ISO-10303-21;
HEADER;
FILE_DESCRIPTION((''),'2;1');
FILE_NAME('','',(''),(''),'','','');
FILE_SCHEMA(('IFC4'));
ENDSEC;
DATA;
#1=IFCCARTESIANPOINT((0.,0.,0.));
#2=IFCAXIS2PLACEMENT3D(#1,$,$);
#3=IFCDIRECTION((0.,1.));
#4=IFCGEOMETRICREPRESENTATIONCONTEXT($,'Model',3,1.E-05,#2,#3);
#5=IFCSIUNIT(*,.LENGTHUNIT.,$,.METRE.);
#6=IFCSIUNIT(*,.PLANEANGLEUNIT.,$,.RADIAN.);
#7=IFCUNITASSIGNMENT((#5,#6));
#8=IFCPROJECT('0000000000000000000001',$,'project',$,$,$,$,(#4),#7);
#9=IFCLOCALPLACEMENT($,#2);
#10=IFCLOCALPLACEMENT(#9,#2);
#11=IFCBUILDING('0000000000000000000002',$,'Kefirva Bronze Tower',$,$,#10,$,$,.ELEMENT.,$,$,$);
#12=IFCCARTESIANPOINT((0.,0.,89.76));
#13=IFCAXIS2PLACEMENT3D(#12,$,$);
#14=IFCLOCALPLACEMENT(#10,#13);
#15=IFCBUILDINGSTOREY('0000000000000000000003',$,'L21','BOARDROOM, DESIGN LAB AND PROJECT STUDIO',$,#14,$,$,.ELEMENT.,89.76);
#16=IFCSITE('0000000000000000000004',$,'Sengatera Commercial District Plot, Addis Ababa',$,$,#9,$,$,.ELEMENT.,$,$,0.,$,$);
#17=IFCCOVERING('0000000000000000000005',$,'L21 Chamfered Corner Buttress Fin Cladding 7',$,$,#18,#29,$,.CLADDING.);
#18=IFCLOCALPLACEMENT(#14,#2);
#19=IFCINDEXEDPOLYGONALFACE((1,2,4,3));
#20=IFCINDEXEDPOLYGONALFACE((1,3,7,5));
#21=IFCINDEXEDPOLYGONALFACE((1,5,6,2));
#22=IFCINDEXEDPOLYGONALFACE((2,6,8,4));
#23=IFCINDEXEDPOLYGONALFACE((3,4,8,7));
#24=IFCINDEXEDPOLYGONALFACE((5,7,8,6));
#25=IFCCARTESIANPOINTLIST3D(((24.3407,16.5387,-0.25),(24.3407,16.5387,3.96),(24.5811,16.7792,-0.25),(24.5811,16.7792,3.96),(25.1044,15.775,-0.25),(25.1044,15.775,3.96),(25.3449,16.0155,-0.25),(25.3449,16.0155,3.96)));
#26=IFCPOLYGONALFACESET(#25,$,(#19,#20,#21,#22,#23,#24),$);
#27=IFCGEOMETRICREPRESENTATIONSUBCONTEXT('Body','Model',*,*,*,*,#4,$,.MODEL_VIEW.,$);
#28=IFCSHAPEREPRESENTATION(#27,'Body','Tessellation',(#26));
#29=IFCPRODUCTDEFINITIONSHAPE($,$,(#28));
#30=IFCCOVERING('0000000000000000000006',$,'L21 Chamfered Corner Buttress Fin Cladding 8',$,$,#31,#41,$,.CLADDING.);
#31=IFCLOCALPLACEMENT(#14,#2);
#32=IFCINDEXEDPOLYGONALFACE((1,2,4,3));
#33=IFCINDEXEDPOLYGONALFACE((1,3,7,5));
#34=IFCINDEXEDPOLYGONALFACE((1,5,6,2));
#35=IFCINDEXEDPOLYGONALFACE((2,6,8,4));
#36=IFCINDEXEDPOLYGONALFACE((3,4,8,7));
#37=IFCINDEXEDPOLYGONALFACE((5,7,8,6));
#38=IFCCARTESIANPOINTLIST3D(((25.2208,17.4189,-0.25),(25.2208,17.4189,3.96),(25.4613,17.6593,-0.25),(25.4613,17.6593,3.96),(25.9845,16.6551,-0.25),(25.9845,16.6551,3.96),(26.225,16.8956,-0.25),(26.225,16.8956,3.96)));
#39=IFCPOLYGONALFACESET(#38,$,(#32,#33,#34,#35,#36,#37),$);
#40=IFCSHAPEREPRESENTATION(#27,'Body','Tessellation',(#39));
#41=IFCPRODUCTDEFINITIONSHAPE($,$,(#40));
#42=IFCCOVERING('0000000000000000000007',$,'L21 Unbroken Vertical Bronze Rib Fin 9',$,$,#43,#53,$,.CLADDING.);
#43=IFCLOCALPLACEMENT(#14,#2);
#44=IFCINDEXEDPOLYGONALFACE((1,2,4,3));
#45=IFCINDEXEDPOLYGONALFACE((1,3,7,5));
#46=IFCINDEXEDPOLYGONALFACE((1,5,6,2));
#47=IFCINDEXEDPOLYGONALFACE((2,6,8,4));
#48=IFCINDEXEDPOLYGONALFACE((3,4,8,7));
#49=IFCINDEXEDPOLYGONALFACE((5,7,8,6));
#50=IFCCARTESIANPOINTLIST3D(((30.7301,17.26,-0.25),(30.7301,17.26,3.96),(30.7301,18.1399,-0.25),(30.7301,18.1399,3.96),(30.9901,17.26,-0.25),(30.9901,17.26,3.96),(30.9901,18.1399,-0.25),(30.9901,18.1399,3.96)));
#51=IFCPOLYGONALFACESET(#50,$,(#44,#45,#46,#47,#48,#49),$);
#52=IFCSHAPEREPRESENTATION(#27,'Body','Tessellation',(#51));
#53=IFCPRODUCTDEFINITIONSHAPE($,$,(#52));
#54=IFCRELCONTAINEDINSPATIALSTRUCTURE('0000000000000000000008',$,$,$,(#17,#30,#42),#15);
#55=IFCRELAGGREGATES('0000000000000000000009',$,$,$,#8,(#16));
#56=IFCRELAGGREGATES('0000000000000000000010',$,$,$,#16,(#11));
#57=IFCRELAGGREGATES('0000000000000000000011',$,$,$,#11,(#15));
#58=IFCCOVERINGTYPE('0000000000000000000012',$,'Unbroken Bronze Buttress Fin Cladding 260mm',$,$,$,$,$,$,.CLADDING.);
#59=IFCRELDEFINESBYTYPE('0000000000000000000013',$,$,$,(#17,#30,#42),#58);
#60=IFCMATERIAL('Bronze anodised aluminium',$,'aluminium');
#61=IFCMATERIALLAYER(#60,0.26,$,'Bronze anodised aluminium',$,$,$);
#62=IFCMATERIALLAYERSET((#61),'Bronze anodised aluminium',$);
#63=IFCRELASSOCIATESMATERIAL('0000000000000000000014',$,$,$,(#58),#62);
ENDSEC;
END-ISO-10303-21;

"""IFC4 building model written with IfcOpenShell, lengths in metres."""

from ifc_helpers import new_model, si_unit, direction, frame, origin, origin_2d, place, context, subcontext, project, spatial, rectangle, extrude, material, layer, layer_set, type_object, element, save


model = new_model("IFC4")

# Units and contexts
model_context = context("Model", 3, precision=1e-05, world=origin(), true_north=direction((0.0, 1.0)))
body_context = subcontext(model_context, "Body", "Model", "MODEL_VIEW")
ifc_project = project(units=[si_unit("LENGTHUNIT", "METRE"), si_unit("PLANEANGLEUNIT", "RADIAN")], contexts=[model_context])

# Site, building, storey
site_placement = place(None, origin())
site = spatial("IfcSite", under=ifc_project, at=site_placement, Name="Sengatera Commercial District Plot, Addis Ababa", CompositionType="ELEMENT", RefElevation=0.0)
building_placement = place(site_placement, origin())
building = spatial("IfcBuilding", under=site, at=building_placement, Name="Kefirva Bronze Tower", CompositionType="ELEMENT")
storey_placement = place(building_placement, frame((0.0, 0.0, 89.76)))
storey = spatial("IfcBuildingStorey", under=building, at=storey_placement, Name="L21", Description="BOARDROOM, DESIGN LAB AND PROJECT STUDIO", CompositionType="ELEMENT", Elevation=89.76)

# Shared definitions
ifc_material_1 = material(Name="Bronze anodised aluminium", Category="aluminium")

# Coverings
ifc_layer_1 = layer(ifc_material_1, 0.26, Name="Bronze anodised aluminium")
ifc_layer_set_1 = layer_set([ifc_layer_1], Name="Bronze anodised aluminium")
covering_type_1 = type_object("IfcCoveringType", Name="Unbroken Bronze Buttress Fin Cladding 260mm", PredefinedType="CLADDING", material=ifc_layer_set_1)
for number, where, z_axis, x_axis, name in (
    (1, (24.8428, 16.2771, -0.25), (0.0, 0.0, 1.0), (0.707107, 0.707107, 0.0), "L21 Chamfered Corner Buttress Fin Cladding 7"),
    (2, (25.7229, 17.1572, -0.25), (0.0, 0.0, 1.0), (0.707107, 0.707107, 0.0), "L21 Chamfered Corner Buttress Fin Cladding 8"),
):
    element("IfcCovering", number, at=place(storey_placement, frame(where, z_axis=z_axis, x_axis=x_axis)), inside=storey, type_object=covering_type_1, Name=name, PredefinedType="CLADDING", context=body_context, shape_type="SweptSolid", body=[
        extrude(rectangle(XDim=0.3401, YDim=1.0801, at=origin_2d()), origin(), (0.0, 0.0, 1.0), 4.21),
    ])
covering_1_placement = place(storey_placement, frame((30.8601, 17.7, -0.25), z_axis=(0.0, 0.0, 1.0), x_axis=(1.0, 0.0, 0.0)))
element("IfcCovering", 3, at=covering_1_placement, inside=storey, type_object=covering_type_1, Name="L21 Unbroken Vertical Bronze Rib Fin 9", PredefinedType="CLADDING", context=body_context, shape_type="SweptSolid", body=[
    extrude(rectangle(XDim=0.26, YDim=0.8799, at=origin_2d()), origin(), (0.0, 0.0, 1.0), 4.21),
])

save(model, "model.ifc")
